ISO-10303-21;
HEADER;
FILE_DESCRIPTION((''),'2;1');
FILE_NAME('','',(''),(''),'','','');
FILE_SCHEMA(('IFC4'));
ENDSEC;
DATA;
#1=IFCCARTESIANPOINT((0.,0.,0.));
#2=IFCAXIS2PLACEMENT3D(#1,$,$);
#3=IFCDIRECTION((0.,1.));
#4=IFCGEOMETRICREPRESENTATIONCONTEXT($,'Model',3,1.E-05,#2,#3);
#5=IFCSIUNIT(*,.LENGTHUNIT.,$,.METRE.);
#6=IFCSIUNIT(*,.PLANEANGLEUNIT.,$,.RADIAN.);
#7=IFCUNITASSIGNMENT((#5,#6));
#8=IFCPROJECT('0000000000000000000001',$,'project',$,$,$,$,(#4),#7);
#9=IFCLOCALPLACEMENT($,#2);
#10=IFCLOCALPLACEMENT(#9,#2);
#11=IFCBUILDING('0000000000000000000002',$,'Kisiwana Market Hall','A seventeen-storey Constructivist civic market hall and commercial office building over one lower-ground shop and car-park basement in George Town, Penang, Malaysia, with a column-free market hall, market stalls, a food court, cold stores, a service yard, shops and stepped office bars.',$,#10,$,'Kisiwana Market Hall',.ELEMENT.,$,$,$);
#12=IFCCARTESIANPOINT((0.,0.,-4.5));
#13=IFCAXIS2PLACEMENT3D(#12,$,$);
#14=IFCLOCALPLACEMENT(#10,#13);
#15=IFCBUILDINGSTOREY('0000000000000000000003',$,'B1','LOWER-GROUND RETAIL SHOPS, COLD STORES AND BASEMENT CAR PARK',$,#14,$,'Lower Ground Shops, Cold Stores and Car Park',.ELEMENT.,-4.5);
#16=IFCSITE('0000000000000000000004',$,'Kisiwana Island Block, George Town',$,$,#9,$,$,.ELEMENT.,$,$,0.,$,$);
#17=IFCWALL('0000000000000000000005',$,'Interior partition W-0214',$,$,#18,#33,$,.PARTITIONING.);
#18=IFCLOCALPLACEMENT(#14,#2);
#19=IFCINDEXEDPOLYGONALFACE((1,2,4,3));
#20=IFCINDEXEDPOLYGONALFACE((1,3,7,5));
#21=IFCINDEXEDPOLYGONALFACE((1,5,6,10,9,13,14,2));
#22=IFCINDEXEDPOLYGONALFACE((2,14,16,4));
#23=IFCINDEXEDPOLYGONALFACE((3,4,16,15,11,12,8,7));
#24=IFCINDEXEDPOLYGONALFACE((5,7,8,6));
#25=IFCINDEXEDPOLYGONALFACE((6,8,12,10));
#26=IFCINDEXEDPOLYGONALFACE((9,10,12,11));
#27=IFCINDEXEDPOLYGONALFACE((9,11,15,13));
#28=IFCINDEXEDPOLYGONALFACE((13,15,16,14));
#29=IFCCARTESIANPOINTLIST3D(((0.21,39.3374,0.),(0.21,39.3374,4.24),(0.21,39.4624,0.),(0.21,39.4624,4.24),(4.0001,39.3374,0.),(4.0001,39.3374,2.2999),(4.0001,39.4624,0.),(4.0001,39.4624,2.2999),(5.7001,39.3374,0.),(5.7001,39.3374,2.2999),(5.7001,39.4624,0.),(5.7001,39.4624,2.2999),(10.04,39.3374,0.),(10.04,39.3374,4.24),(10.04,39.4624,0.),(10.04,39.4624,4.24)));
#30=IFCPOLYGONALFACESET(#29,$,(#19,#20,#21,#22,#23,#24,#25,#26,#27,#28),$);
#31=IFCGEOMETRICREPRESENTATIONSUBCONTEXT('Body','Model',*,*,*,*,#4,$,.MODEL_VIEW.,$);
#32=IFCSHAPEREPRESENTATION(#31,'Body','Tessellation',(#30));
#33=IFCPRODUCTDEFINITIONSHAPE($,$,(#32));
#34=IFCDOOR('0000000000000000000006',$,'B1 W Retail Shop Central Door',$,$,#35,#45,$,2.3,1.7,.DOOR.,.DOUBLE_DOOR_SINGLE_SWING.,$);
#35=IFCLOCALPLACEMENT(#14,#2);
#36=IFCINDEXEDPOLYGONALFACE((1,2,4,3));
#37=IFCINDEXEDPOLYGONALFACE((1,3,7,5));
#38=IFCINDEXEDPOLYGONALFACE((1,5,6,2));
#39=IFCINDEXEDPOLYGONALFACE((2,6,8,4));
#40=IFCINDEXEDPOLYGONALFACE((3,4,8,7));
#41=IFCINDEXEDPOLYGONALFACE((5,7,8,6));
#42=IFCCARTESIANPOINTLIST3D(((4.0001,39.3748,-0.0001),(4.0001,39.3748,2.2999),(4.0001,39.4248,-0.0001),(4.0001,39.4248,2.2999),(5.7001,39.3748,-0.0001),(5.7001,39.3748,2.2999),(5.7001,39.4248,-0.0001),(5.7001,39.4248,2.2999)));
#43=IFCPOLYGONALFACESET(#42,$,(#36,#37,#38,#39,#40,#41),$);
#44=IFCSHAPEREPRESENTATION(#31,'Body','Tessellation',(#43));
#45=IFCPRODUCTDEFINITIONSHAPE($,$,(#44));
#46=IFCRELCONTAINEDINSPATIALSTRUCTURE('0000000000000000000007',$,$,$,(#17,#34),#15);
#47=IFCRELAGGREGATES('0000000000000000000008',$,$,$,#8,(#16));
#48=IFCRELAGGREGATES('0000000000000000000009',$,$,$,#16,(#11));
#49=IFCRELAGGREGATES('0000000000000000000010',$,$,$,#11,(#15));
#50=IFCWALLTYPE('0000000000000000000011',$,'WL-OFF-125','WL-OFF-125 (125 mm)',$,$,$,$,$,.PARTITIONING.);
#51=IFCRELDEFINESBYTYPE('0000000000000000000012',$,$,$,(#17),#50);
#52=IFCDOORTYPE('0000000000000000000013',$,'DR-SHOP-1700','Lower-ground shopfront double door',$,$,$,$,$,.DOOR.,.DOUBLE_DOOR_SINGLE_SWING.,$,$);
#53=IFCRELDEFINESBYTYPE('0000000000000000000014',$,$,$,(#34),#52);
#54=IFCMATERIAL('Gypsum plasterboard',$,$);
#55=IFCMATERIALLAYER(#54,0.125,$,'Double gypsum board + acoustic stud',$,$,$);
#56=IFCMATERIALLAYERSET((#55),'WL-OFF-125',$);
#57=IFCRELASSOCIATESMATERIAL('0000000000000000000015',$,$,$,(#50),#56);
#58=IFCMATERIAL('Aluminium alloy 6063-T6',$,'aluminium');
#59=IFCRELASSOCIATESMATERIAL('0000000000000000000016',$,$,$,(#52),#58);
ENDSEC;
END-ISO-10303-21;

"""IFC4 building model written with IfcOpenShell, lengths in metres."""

from ifc_helpers import new_model, si_unit, direction, frame, frame_2d, origin, place, context, subcontext, project, spatial, rectangle, extrude, material, layer, layer_set, type_object, element, fill, save


model = new_model("IFC4")

# Units and contexts
model_context = context("Model", 3, precision=1e-05, world=origin(), true_north=direction((0.0, 1.0)))
body_context = subcontext(model_context, "Body", "Model", "MODEL_VIEW")
ifc_project = project(units=[si_unit("LENGTHUNIT", "METRE"), si_unit("PLANEANGLEUNIT", "RADIAN")], contexts=[model_context])

# Site, building, storey
site_placement = place(None, origin())
site = spatial("IfcSite", under=ifc_project, at=site_placement, Name="Kisiwana Island Block, George Town", CompositionType="ELEMENT", RefElevation=0.0)
building_placement = place(site_placement, origin())
building = spatial("IfcBuilding", under=site, at=building_placement, Name="Kisiwana Market Hall", Description="A seventeen-storey Constructivist civic market hall and commercial office building over one lower-ground shop and car-park basement in George Town, Penang, Malaysia, with a column-free market hall, market stalls, a food court, cold stores, a service yard, shops and stepped office bars.", LongName="Kisiwana Market Hall", CompositionType="ELEMENT")
storey_placement = place(building_placement, frame((0.0, 0.0, -4.5)))
storey = spatial("IfcBuildingStorey", under=building, at=storey_placement, Name="B1", Description="LOWER-GROUND RETAIL SHOPS, COLD STORES AND BASEMENT CAR PARK", LongName="Lower Ground Shops, Cold Stores and Car Park", CompositionType="ELEMENT", Elevation=-4.5)

# Shared definitions
ifc_material_1 = material(Name="Gypsum plasterboard")
ifc_layer_1 = layer(ifc_material_1, 0.125, Name="Double gypsum board + acoustic stud")
ifc_layer_set_1 = layer_set([ifc_layer_1], Name="WL-OFF-125")
wall_type_1 = type_object("IfcWallType", Name="WL-OFF-125", Description="WL-OFF-125 (125 mm)", PredefinedType="PARTITIONING", material=ifc_layer_set_1)

# Wall, opening, door
ifc_material_2 = material(Name="Aluminium alloy 6063-T6", Category="aluminium")
door_type = type_object("IfcDoorType", Name="DR-SHOP-1700", Description="Lower-ground shopfront double door", OperationType="DOUBLE_DOOR_SINGLE_SWING", PredefinedType="DOOR", material=ifc_material_2)
wall_1_placement = place(storey_placement, frame((0.21, 39.3999, 0.0), z_axis=(0.0, 0.0, 1.0), x_axis=(1.0, 0.0, 0.0)))
wall_1 = element("IfcWall", 1, at=wall_1_placement, inside=storey, type_object=wall_type_1, Name="Interior partition W-0214", PredefinedType="PARTITIONING", context=body_context, shape_type="SweptSolid", body=[
    extrude(rectangle(XDim=9.8301, YDim=0.125, at=frame_2d((4.915, 0.0))), origin(), (0.0, 0.0, 1.0), 4.24),
])
opening_1_placement = place(wall_1_placement, frame((3.79, 0.0, 0.0)))
opening_1 = element("IfcOpeningElement", 2, at=opening_1_placement, cuts=wall_1, PredefinedType="OPENING", context=body_context, shape_type="SweptSolid", body=[
    extrude(rectangle(XDim=1.7, YDim=2.3, at=frame_2d((0.8501, 1.1499))), frame((0.0, 0.0745, 0.0), z_axis=(0.0, -1.0, 0.0), x_axis=(1.0, 0.0, 0.0)), (0.0, 0.0, 1.0), 0.1489),
])
door_1_placement = place(opening_1_placement, origin())
door_1 = element("IfcDoor", 3, at=door_1_placement, inside=storey, type_object=door_type, Name="B1 W Retail Shop Central Door", OperationType="DOUBLE_DOOR_SINGLE_SWING", OverallHeight=2.3, OverallWidth=1.7, PredefinedType="DOOR", context=body_context, shape_type="SweptSolid", body=[
    extrude(rectangle(XDim=1.7, YDim=2.3, at=frame_2d((0.8501, 1.1499))), frame((0.0, 0.0249, 0.0), z_axis=(0.0, -1.0, 0.0), x_axis=(1.0, 0.0, 0.0)), (0.0, 0.0, 1.0), 0.05),
])
fill(opening_1, door_1)

save(model, "model.ifc")
